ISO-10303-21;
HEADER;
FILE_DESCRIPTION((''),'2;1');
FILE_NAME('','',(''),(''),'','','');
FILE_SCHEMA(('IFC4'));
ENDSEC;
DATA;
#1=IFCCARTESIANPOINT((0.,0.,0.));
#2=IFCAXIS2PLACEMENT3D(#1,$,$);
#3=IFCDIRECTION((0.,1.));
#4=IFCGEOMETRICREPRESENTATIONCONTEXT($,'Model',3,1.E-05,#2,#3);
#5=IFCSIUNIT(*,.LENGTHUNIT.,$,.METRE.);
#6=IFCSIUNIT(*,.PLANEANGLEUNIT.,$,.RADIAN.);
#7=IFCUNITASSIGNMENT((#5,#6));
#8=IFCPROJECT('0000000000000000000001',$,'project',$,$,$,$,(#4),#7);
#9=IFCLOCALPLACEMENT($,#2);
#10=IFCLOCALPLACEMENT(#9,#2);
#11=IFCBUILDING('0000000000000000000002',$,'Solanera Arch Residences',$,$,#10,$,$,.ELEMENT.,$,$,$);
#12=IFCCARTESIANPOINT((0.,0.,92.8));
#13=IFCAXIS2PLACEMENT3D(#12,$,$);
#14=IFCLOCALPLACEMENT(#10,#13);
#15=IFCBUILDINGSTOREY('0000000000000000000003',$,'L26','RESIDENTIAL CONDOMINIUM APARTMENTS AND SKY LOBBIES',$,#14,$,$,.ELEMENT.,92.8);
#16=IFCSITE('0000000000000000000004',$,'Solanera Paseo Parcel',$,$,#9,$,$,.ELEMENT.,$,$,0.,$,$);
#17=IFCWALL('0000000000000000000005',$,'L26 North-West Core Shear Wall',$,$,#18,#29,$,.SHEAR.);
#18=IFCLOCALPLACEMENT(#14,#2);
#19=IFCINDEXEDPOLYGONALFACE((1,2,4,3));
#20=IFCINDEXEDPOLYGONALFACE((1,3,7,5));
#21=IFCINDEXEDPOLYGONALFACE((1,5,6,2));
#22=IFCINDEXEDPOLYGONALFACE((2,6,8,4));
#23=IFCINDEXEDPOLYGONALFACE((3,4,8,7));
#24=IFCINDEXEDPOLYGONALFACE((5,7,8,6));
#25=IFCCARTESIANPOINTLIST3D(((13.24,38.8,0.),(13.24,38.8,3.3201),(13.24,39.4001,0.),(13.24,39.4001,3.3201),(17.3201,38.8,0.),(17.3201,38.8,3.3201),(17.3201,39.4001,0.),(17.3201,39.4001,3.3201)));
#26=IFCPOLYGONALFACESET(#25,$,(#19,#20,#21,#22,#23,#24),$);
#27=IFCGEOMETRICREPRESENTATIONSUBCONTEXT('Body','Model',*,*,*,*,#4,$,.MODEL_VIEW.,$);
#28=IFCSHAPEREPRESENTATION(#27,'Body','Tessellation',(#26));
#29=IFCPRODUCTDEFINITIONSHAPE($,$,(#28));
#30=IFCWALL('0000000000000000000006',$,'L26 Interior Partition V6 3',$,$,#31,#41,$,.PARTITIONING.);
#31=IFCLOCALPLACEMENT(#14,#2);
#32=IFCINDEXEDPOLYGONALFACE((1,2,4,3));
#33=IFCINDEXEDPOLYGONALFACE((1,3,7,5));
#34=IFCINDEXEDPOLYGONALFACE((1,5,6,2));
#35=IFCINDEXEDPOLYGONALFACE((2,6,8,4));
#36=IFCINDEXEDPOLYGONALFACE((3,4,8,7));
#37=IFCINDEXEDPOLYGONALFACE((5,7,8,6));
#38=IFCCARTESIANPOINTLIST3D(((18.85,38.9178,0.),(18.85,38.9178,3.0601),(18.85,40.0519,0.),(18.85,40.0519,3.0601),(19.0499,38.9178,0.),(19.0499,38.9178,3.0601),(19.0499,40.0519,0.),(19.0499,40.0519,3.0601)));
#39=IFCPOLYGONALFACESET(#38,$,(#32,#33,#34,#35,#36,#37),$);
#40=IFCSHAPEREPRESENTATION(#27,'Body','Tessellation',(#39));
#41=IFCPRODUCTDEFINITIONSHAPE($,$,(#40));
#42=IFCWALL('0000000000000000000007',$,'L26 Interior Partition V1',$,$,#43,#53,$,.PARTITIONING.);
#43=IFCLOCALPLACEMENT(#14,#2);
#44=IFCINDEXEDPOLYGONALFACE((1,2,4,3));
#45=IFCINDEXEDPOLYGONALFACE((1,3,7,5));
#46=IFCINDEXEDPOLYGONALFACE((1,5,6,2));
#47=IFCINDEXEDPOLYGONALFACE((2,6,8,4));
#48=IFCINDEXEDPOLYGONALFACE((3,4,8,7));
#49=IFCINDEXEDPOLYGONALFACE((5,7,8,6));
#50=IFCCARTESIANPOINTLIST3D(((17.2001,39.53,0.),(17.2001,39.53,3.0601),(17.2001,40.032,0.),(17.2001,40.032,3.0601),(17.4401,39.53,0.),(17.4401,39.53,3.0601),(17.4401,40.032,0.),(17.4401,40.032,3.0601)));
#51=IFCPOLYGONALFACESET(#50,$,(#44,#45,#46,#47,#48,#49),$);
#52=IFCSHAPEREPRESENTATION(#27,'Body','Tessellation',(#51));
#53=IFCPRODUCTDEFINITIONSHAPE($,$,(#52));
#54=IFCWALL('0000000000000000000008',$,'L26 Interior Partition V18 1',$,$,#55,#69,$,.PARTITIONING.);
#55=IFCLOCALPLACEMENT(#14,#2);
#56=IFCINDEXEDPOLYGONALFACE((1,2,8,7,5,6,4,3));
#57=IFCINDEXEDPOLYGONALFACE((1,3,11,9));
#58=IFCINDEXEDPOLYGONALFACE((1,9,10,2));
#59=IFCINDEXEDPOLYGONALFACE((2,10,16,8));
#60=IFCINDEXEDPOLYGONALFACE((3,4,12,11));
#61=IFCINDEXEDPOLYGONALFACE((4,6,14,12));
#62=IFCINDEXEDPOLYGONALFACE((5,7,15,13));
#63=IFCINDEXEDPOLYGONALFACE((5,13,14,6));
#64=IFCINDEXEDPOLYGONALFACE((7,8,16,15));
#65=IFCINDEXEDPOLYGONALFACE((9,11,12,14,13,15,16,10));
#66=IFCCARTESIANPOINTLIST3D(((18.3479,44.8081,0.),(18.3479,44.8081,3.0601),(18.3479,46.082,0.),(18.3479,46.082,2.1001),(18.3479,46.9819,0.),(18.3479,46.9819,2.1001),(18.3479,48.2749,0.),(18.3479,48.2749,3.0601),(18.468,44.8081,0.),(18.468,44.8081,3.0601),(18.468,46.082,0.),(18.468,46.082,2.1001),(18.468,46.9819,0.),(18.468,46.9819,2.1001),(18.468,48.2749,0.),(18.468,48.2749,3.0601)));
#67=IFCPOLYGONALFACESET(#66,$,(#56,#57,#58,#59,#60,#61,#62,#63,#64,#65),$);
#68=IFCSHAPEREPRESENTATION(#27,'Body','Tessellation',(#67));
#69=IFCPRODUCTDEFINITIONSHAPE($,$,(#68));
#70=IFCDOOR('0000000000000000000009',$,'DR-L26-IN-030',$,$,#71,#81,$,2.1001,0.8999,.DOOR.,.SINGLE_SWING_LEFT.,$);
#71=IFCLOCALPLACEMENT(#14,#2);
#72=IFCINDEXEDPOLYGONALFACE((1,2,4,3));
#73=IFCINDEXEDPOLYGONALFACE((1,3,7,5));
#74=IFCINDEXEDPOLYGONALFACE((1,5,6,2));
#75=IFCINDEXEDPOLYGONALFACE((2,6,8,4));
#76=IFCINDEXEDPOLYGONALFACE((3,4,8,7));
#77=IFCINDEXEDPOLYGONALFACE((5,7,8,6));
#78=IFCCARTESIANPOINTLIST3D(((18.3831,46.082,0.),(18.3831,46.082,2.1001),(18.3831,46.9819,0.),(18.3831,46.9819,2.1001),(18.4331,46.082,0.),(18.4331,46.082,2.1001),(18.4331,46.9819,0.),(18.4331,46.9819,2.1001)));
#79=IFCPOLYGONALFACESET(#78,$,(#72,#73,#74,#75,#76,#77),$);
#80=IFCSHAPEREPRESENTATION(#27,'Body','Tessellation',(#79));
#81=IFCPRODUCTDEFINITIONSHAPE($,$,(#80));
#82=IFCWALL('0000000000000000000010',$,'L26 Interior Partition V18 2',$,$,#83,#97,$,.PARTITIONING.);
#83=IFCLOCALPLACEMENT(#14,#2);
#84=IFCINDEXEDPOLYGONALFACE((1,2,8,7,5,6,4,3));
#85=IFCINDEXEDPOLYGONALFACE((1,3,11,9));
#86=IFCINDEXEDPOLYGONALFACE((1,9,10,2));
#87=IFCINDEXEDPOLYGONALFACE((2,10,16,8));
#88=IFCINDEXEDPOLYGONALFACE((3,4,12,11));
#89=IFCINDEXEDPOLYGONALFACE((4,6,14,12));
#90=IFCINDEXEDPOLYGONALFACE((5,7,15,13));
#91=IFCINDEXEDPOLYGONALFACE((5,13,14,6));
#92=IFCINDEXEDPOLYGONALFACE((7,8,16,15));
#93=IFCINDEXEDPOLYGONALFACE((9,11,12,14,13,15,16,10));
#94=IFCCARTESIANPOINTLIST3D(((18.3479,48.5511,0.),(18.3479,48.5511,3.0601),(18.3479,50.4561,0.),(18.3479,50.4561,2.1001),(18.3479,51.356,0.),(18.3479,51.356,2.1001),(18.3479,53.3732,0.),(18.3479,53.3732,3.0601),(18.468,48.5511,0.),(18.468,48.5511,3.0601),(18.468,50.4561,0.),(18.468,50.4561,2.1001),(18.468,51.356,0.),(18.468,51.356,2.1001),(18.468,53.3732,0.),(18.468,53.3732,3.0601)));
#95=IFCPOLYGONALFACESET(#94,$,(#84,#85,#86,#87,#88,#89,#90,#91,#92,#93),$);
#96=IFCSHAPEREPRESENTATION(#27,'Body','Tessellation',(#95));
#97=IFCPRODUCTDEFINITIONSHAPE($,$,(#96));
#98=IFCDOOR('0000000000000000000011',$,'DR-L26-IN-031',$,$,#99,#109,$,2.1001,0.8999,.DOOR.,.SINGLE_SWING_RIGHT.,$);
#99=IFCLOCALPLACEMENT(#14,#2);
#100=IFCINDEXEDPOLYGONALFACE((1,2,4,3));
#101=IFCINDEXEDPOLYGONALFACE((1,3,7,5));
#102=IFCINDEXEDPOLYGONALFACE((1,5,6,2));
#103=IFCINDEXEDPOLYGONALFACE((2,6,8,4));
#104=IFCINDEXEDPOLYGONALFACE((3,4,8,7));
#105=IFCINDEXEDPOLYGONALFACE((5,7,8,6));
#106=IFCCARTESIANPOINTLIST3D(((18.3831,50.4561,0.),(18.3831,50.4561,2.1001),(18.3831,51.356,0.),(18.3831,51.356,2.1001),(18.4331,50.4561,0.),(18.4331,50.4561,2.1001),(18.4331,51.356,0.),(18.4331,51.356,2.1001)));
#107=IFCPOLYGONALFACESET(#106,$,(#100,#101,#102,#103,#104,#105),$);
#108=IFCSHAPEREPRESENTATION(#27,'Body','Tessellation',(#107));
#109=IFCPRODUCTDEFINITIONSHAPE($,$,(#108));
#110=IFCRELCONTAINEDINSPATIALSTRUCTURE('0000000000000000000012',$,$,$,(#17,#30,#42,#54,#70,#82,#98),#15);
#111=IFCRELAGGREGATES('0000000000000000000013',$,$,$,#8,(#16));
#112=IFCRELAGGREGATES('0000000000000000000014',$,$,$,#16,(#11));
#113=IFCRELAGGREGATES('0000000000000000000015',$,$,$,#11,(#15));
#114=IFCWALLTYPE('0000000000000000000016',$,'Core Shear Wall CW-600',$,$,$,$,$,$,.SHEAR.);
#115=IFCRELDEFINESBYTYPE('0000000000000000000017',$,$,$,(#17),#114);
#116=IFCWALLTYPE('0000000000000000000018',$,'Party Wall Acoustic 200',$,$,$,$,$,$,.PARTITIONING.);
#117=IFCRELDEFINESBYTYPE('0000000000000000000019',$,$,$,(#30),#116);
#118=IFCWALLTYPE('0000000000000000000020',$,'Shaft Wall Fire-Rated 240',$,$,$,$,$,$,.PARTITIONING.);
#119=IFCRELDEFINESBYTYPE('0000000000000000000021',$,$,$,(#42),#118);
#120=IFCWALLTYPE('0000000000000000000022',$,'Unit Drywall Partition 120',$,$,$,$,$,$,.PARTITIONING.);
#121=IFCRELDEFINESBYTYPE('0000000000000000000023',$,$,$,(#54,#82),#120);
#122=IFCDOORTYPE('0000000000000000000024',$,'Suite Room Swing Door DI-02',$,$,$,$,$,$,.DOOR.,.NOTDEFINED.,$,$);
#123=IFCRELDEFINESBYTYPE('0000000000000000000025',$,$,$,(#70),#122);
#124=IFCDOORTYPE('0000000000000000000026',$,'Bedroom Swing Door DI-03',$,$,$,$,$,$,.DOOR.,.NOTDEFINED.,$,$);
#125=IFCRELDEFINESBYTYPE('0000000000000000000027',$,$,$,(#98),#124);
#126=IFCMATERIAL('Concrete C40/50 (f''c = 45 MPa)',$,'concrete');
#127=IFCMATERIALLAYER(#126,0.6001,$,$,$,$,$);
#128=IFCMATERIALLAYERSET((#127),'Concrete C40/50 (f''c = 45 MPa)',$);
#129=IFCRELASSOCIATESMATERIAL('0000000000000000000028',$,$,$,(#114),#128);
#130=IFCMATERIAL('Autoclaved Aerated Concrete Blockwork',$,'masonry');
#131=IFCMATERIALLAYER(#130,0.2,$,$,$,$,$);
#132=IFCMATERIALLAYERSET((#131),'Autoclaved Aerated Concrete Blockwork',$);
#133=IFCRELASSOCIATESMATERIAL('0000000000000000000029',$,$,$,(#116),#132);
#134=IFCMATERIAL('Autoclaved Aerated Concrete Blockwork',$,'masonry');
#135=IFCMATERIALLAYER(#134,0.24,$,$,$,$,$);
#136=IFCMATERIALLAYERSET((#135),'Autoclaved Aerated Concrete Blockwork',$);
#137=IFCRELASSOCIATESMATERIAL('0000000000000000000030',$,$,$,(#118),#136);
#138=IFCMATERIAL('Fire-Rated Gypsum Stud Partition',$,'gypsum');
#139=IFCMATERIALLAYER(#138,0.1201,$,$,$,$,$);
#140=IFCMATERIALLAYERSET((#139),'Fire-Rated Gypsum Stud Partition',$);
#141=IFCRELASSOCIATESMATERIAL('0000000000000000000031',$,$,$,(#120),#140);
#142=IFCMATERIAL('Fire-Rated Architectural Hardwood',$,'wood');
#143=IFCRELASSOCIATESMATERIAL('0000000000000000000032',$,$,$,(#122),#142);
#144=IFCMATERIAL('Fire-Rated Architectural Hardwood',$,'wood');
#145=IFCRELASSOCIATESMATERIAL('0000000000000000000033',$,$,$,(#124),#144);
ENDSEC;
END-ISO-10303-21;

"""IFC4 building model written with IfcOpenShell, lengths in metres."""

from ifc_helpers import new_model, si_unit, direction, frame, frame_2d, origin, place, context, subcontext, project, spatial, rectangle, extrude, material, layer, layer_set, type_object, element, fill, save


model = new_model("IFC4")

# Units and contexts
model_context = context("Model", 3, precision=1e-05, world=origin(), true_north=direction((0.0, 1.0)))
body_context = subcontext(model_context, "Body", "Model", "MODEL_VIEW")
ifc_project = project(units=[si_unit("LENGTHUNIT", "METRE"), si_unit("PLANEANGLEUNIT", "RADIAN")], contexts=[model_context])

# Site, building, storey
site_placement = place(None, origin())
site = spatial("IfcSite", under=ifc_project, at=site_placement, Name="Solanera Paseo Parcel", CompositionType="ELEMENT", RefElevation=0.0)
building_placement = place(site_placement, origin())
building = spatial("IfcBuilding", under=site, at=building_placement, Name="Solanera Arch Residences", CompositionType="ELEMENT")
storey_placement = place(building_placement, frame((0.0, 0.0, 92.8)))
storey = spatial("IfcBuildingStorey", under=building, at=storey_placement, Name="L26", Description="RESIDENTIAL CONDOMINIUM APARTMENTS AND SKY LOBBIES", CompositionType="ELEMENT", Elevation=92.8)

# Walls
ifc_material_1 = material(Name="Concrete C40/50 (f'c = 45 MPa)", Category="concrete")
ifc_layer_1 = layer(ifc_material_1, 0.6001)
ifc_layer_set_1 = layer_set([ifc_layer_1], Name="Concrete C40/50 (f'c = 45 MPa)")
wall_type_1 = type_object("IfcWallType", Name="Core Shear Wall CW-600", PredefinedType="SHEAR", material=ifc_layer_set_1)
wall_1_placement = place(storey_placement, frame((13.24, 39.1001, 0.0), z_axis=(0.0, 0.0, 1.0), x_axis=(1.0, 0.0, 0.0)))
element("IfcWall", 1, at=wall_1_placement, inside=storey, type_object=wall_type_1, Name="L26 North-West Core Shear Wall", PredefinedType="SHEAR", context=body_context, shape_type="SweptSolid", body=[
    extrude(rectangle(XDim=4.0801, YDim=0.6001, at=frame_2d((2.04, 0.0))), origin(), (0.0, 0.0, 1.0), 3.3201),
])
ifc_material_2 = material(Name="Autoclaved Aerated Concrete Blockwork", Category="masonry")
ifc_layer_2 = layer(ifc_material_2, 0.2)
ifc_layer_set_2 = layer_set([ifc_layer_2], Name="Autoclaved Aerated Concrete Blockwork")
wall_type_2 = type_object("IfcWallType", Name="Party Wall Acoustic 200", PredefinedType="PARTITIONING", material=ifc_layer_set_2)
wall_2_placement = place(storey_placement, frame((18.95, 38.918, 0.0), z_axis=(0.0, 0.0, 1.0), x_axis=(0.0, 1.0, 0.0)))
element("IfcWall", 2, at=wall_2_placement, inside=storey, type_object=wall_type_2, Name="L26 Interior Partition V6 3", PredefinedType="PARTITIONING", context=body_context, shape_type="SweptSolid", body=[
    extrude(rectangle(XDim=1.134, YDim=0.2, at=frame_2d((0.5669, 0.0))), origin(), (0.0, 0.0, 1.0), 3.0601),
])
ifc_material_3 = material(Name="Autoclaved Aerated Concrete Blockwork", Category="masonry")
ifc_layer_3 = layer(ifc_material_3, 0.24)
ifc_layer_set_3 = layer_set([ifc_layer_3], Name="Autoclaved Aerated Concrete Blockwork")
wall_type_3 = type_object("IfcWallType", Name="Shaft Wall Fire-Rated 240", PredefinedType="PARTITIONING", material=ifc_layer_set_3)
wall_3_placement = place(storey_placement, frame((17.3201, 39.53, 0.0), z_axis=(0.0, 0.0, 1.0), x_axis=(0.0, 1.0, 0.0)))
element("IfcWall", 3, at=wall_3_placement, inside=storey, type_object=wall_type_3, Name="L26 Interior Partition V1", PredefinedType="PARTITIONING", context=body_context, shape_type="SweptSolid", body=[
    extrude(rectangle(XDim=0.502, YDim=0.24, at=frame_2d((0.251, 0.0))), origin(), (0.0, 0.0, 1.0), 3.0601),
])

# Walls, openings, doors
ifc_material_4 = material(Name="Fire-Rated Gypsum Stud Partition", Category="gypsum")
ifc_layer_4 = layer(ifc_material_4, 0.1201)
ifc_layer_set_4 = layer_set([ifc_layer_4], Name="Fire-Rated Gypsum Stud Partition")
wall_type_4 = type_object("IfcWallType", Name="Unit Drywall Partition 120", PredefinedType="PARTITIONING", material=ifc_layer_set_4)
wall_4_placement = place(storey_placement, frame((18.408, 44.8081, 0.0), z_axis=(0.0, 0.0, 1.0), x_axis=(0.0, 1.0, 0.0)))
wall_4 = element("IfcWall", 4, at=wall_4_placement, inside=storey, type_object=wall_type_4, Name="L26 Interior Partition V18 1", PredefinedType="PARTITIONING", context=body_context, shape_type="SweptSolid", body=[
    extrude(rectangle(XDim=3.4668, YDim=0.1201, at=frame_2d((1.7334, 0.0))), origin(), (0.0, 0.0, 1.0), 3.0601),
])
opening_1_placement = place(wall_4_placement, frame((1.2739, 0.0, 0.0)))
opening_1 = element("IfcOpeningElement", 5, at=opening_1_placement, cuts=wall_4, PredefinedType="OPENING", context=body_context, shape_type="SweptSolid", body=[
    extrude(rectangle(XDim=0.8999, YDim=2.1001, at=frame_2d((0.45, 1.05))), frame((0.0, 0.0701, 0.0), z_axis=(0.0, -1.0, 0.0), x_axis=(1.0, 0.0, 0.0)), (0.0, 0.0, 1.0), 0.1401),
])
ifc_material_5 = material(Name="Fire-Rated Architectural Hardwood", Category="wood")
door_type_1 = type_object("IfcDoorType", Name="Suite Room Swing Door DI-02", OperationType="NOTDEFINED", PredefinedType="DOOR", material=ifc_material_5)
door_1_placement = place(opening_1_placement, origin())
door_1 = element("IfcDoor", 6, at=door_1_placement, inside=storey, type_object=door_type_1, Name="DR-L26-IN-030", OperationType="SINGLE_SWING_LEFT", OverallHeight=2.1001, OverallWidth=0.8999, PredefinedType="DOOR", context=body_context, shape_type="SweptSolid", body=[
    extrude(rectangle(XDim=0.8999, YDim=2.1001, at=frame_2d((0.45, 1.05))), frame((0.0, 0.0249, 0.0), z_axis=(0.0, -1.0, 0.0), x_axis=(1.0, 0.0, 0.0)), (0.0, 0.0, 1.0), 0.05),
])
fill(opening_1, door_1)
wall_5_placement = place(storey_placement, frame((18.408, 48.551, 0.0), z_axis=(0.0, 0.0, 1.0), x_axis=(0.0, 1.0, 0.0)))
wall_5 = element("IfcWall", 7, at=wall_5_placement, inside=storey, type_object=wall_type_4, Name="L26 Interior Partition V18 2", PredefinedType="PARTITIONING", context=body_context, shape_type="SweptSolid", body=[
    extrude(rectangle(XDim=4.822, YDim=0.1201, at=frame_2d((2.4111, 0.0))), origin(), (0.0, 0.0, 1.0), 3.0601),
])
opening_2_placement = place(wall_5_placement, frame((1.905, 0.0, 0.0)))
opening_2 = element("IfcOpeningElement", 8, at=opening_2_placement, cuts=wall_5, PredefinedType="OPENING", context=body_context, shape_type="SweptSolid", body=[
    extrude(rectangle(XDim=0.8999, YDim=2.1001, at=frame_2d((0.45, 1.05))), frame((0.0, 0.0701, 0.0), z_axis=(0.0, -1.0, 0.0), x_axis=(1.0, 0.0, 0.0)), (0.0, 0.0, 1.0), 0.1401),
])
ifc_material_6 = material(Name="Fire-Rated Architectural Hardwood", Category="wood")
door_type_2 = type_object("IfcDoorType", Name="Bedroom Swing Door DI-03", OperationType="NOTDEFINED", PredefinedType="DOOR", material=ifc_material_6)
door_2_placement = place(opening_2_placement, origin())
door_2 = element("IfcDoor", 9, at=door_2_placement, inside=storey, type_object=door_type_2, Name="DR-L26-IN-031", OperationType="SINGLE_SWING_RIGHT", OverallHeight=2.1001, OverallWidth=0.8999, PredefinedType="DOOR", context=body_context, shape_type="SweptSolid", body=[
    extrude(rectangle(XDim=0.8999, YDim=2.1001, at=frame_2d((0.45, 1.05))), frame((0.0, 0.0249, 0.0), z_axis=(0.0, -1.0, 0.0), x_axis=(1.0, 0.0, 0.0)), (0.0, 0.0, 1.0), 0.05),
])
fill(opening_2, door_2)

save(model, "model.ifc")
